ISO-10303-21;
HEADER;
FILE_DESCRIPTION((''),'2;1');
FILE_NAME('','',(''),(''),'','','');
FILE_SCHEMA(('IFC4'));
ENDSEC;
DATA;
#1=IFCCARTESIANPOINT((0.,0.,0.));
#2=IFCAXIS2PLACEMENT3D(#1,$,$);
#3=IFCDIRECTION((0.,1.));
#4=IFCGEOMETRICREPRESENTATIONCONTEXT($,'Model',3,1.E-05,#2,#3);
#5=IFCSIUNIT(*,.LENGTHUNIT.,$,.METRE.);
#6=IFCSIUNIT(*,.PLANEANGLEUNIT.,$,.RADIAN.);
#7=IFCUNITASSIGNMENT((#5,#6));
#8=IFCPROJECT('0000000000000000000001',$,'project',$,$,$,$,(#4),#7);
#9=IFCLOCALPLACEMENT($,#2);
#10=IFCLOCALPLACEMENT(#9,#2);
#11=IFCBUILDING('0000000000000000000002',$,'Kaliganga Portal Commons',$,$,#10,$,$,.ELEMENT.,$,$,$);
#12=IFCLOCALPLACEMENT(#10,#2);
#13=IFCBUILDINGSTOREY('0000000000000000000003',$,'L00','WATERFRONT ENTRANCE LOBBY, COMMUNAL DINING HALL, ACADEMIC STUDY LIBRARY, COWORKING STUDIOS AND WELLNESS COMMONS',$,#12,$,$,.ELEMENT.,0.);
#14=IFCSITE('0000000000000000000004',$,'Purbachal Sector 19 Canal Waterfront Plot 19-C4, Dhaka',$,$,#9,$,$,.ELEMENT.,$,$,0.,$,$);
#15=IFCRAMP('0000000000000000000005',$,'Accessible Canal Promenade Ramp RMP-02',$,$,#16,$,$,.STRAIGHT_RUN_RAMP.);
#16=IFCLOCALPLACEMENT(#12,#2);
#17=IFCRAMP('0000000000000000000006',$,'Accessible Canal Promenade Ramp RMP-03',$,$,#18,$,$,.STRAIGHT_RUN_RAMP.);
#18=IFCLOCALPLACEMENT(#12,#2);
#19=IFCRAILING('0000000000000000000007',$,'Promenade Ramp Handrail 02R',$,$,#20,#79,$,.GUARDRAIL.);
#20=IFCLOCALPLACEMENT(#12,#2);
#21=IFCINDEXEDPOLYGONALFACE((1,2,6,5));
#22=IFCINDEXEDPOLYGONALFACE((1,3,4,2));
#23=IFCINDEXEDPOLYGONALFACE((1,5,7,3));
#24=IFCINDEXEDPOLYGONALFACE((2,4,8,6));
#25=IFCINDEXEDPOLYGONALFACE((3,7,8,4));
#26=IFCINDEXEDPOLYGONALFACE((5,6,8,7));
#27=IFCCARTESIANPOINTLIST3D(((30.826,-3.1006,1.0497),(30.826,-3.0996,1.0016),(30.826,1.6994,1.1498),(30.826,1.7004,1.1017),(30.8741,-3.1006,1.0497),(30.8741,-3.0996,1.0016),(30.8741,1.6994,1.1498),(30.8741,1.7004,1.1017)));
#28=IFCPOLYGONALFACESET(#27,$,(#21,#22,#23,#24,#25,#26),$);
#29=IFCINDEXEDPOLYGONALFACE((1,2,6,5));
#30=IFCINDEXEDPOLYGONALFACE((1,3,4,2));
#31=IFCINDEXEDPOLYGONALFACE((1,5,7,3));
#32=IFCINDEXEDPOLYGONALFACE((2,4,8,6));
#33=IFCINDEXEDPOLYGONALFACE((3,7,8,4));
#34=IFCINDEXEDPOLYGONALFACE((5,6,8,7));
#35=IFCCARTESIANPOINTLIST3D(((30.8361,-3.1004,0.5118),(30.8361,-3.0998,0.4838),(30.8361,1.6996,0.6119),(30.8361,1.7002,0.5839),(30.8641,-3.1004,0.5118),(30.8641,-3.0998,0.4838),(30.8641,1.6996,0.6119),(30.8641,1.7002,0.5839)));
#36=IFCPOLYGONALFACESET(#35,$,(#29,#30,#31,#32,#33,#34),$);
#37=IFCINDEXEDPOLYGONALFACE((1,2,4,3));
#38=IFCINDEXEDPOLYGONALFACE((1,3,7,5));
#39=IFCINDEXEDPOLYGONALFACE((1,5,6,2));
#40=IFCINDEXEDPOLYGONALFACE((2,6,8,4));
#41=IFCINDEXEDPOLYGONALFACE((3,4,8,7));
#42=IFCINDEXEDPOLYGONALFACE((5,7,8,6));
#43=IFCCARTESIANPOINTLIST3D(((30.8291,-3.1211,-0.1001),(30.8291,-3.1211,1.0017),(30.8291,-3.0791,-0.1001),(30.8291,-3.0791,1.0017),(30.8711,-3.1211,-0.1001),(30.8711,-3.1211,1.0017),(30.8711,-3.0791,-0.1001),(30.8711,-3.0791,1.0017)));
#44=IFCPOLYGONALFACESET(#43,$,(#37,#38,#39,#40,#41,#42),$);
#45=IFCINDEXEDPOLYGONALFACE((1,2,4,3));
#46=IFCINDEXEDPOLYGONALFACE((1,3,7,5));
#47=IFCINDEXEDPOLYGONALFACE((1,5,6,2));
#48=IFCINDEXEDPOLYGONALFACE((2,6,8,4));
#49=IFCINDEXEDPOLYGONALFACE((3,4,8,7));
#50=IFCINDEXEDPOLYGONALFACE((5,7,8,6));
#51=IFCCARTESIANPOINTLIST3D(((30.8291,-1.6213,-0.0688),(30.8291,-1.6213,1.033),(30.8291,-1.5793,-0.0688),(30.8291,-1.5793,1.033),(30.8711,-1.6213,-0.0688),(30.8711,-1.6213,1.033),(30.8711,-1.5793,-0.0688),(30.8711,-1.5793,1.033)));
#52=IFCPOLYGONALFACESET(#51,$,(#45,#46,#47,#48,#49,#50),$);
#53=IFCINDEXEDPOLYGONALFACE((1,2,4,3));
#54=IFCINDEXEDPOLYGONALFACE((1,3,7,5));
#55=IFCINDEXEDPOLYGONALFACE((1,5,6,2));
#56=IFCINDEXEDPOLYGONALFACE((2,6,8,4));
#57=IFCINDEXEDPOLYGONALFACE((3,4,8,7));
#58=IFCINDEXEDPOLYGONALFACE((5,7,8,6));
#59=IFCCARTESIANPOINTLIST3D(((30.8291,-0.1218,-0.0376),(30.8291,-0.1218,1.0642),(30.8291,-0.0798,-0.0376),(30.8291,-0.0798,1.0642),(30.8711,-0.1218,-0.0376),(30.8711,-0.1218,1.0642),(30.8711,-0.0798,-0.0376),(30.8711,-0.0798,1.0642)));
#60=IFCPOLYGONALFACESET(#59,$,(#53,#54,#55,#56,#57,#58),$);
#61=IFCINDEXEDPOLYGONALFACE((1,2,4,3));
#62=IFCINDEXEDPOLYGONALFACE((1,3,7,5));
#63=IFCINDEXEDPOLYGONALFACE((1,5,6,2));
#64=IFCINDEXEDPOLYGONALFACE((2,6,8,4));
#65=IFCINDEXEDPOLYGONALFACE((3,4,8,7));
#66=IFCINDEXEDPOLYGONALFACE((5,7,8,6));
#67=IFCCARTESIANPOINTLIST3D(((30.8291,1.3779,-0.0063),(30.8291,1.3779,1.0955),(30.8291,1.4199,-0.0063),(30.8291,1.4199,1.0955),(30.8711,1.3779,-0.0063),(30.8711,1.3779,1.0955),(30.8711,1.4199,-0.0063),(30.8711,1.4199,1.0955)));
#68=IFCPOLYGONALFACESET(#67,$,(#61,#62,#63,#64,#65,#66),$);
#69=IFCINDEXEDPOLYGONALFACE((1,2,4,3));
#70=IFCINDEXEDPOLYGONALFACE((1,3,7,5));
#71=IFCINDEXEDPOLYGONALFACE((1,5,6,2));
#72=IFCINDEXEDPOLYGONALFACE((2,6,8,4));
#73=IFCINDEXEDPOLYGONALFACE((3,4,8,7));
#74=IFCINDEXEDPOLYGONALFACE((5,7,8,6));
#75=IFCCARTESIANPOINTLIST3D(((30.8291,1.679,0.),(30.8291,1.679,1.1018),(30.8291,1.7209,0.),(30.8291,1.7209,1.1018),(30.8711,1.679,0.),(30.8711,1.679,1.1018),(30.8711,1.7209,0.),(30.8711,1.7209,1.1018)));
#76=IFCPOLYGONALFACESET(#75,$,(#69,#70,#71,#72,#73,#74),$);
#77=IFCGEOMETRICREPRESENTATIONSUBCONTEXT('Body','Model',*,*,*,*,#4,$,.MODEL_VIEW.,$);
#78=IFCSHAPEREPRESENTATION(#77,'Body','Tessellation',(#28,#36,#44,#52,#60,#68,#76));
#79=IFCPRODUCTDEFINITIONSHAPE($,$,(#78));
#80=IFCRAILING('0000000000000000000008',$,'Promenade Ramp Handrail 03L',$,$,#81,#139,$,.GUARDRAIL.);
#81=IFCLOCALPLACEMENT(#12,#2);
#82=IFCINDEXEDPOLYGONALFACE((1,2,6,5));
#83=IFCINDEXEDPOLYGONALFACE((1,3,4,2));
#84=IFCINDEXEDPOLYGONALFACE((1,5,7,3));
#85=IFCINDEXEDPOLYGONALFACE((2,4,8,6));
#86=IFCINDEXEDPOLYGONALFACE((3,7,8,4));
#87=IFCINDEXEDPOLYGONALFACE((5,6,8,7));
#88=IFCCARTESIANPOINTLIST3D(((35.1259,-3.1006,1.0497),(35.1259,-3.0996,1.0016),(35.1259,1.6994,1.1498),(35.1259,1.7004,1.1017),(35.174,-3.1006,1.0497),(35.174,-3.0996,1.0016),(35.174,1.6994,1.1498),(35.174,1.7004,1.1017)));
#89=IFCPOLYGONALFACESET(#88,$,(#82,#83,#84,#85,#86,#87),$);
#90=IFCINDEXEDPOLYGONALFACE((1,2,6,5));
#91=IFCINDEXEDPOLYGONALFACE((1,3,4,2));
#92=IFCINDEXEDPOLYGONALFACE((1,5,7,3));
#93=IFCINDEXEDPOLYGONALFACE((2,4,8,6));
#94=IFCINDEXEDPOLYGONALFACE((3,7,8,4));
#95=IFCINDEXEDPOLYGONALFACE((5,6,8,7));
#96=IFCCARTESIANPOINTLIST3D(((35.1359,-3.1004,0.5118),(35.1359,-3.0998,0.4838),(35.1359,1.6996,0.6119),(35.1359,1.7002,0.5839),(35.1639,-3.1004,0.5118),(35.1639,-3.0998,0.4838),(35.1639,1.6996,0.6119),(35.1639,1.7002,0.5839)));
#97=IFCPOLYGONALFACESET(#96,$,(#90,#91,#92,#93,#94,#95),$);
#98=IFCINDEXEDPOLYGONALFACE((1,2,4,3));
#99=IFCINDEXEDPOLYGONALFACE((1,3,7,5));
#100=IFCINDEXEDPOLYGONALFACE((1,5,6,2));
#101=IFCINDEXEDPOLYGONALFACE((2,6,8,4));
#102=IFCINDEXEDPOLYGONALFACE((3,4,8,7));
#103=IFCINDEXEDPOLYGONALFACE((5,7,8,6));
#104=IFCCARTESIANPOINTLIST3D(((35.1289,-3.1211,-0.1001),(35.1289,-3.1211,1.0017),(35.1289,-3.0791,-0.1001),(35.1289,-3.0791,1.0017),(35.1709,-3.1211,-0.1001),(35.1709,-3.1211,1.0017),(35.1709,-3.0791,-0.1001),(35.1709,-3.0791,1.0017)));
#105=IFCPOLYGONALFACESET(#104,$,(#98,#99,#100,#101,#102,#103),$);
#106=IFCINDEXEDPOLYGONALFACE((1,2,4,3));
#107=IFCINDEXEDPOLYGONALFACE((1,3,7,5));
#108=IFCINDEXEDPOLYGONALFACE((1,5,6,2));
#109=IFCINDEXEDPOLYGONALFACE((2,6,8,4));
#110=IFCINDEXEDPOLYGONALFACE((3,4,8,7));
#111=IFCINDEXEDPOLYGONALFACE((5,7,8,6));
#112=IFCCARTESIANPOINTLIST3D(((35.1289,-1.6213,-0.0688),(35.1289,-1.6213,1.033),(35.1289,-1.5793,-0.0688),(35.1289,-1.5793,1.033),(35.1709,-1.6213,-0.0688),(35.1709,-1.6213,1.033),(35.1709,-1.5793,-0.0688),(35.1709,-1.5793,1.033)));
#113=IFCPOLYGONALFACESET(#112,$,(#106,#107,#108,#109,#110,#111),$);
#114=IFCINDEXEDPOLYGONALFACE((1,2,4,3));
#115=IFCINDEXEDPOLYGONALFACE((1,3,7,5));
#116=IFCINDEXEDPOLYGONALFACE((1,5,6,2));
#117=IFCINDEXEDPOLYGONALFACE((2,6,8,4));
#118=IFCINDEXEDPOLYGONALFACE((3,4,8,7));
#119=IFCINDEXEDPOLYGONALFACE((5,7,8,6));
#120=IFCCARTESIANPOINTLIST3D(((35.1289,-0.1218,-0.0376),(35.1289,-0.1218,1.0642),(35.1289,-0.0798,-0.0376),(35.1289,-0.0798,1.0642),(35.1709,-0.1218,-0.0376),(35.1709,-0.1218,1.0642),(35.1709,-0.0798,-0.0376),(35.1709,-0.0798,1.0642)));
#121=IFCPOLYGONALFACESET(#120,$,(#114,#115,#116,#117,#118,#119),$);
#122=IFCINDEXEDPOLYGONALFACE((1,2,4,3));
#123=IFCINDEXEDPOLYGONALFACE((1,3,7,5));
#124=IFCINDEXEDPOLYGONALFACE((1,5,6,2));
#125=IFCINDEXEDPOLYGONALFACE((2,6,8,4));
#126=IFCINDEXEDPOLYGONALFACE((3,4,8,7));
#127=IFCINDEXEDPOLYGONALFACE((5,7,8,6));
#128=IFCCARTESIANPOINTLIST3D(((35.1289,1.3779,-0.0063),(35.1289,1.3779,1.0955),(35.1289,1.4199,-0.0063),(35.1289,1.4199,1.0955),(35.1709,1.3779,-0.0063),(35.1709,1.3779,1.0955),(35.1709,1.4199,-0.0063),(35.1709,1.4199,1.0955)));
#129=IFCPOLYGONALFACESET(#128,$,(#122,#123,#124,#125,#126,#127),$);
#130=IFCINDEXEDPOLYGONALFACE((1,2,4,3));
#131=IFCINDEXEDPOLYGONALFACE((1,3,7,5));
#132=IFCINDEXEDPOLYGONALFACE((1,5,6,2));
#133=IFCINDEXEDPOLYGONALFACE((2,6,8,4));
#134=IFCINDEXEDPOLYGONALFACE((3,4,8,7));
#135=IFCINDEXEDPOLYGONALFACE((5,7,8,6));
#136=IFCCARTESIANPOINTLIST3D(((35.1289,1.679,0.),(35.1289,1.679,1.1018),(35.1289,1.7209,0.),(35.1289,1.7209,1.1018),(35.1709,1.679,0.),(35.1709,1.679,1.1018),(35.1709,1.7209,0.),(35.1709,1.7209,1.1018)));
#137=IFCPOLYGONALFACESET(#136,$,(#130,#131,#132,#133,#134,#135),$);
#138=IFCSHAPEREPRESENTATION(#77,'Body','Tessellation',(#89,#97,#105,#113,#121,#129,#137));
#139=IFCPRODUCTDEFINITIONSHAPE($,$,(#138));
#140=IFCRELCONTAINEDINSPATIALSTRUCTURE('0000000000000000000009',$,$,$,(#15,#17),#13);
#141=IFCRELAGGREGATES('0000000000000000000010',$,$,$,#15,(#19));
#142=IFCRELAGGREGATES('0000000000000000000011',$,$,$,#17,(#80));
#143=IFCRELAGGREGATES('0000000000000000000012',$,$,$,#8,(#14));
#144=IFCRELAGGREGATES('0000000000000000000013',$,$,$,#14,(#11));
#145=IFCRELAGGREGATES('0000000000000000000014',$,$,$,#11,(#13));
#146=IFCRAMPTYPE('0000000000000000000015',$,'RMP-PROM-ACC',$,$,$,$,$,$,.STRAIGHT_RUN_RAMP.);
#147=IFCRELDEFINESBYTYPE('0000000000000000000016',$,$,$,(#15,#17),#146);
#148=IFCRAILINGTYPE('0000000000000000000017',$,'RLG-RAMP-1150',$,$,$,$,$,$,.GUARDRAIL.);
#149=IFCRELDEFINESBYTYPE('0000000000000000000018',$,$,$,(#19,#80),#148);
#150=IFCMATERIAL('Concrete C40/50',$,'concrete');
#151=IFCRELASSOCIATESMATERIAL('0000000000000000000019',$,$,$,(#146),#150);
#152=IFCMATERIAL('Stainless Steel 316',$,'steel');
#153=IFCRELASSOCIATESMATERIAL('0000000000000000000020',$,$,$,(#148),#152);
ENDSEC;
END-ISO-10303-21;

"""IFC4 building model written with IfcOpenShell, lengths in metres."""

from ifc_helpers import new_model, si_unit, direction, frame, origin, origin_2d, place, context, subcontext, project, spatial, rectangle, extrude, material, type_object, element, aggregate, save


model = new_model("IFC4")

# Units and contexts
model_context = context("Model", 3, precision=1e-05, world=origin(), true_north=direction((0.0, 1.0)))
body_context = subcontext(model_context, "Body", "Model", "MODEL_VIEW")
ifc_project = project(units=[si_unit("LENGTHUNIT", "METRE"), si_unit("PLANEANGLEUNIT", "RADIAN")], contexts=[model_context])

# Site, building, storey
site_placement = place(None, origin())
site = spatial("IfcSite", under=ifc_project, at=site_placement, Name="Purbachal Sector 19 Canal Waterfront Plot 19-C4, Dhaka", CompositionType="ELEMENT", RefElevation=0.0)
building_placement = place(site_placement, origin())
building = spatial("IfcBuilding", under=site, at=building_placement, Name="Kaliganga Portal Commons", CompositionType="ELEMENT")
storey_placement = place(building_placement, origin())
storey = spatial("IfcBuildingStorey", under=building, at=storey_placement, Name="L00", Description="WATERFRONT ENTRANCE LOBBY, COMMUNAL DINING HALL, ACADEMIC STUDY LIBRARY, COWORKING STUDIOS AND WELLNESS COMMONS", CompositionType="ELEMENT", Elevation=0.0)

# Ramps
ifc_material_1 = material(Name="Concrete C40/50", Category="concrete")
ramp_type = type_object("IfcRampType", Name="RMP-PROM-ACC", PredefinedType="STRAIGHT_RUN_RAMP", material=ifc_material_1)
ramp_1_placement = place(storey_placement, origin())
ramp_1 = element("IfcRamp", 1, at=ramp_1_placement, inside=storey, type_object=ramp_type, Name="Accessible Canal Promenade Ramp RMP-02", PredefinedType="STRAIGHT_RUN_RAMP")
ramp_2_placement = place(storey_placement, origin())
ramp_2 = element("IfcRamp", 2, at=ramp_2_placement, inside=storey, type_object=ramp_type, Name="Accessible Canal Promenade Ramp RMP-03", PredefinedType="STRAIGHT_RUN_RAMP")

# Railings
ifc_material_2 = material(Name="Stainless Steel 316", Category="steel")
railing_type = type_object("IfcRailingType", Name="RLG-RAMP-1150", PredefinedType="GUARDRAIL", material=ifc_material_2)
railing_1_placement = place(storey_placement, frame((30.8501, -3.1001, -0.1001)))
railing_1 = element("IfcRailing", 3, at=railing_1_placement, type_object=railing_type, Name="Promenade Ramp Handrail 02R", PredefinedType="GUARDRAIL", context=body_context, shape_type="SweptSolid", body=[
    extrude(rectangle(XDim=0.0481, YDim=0.0481, at=origin_2d()), frame((0.0, 0.0, 1.1257), z_axis=(0.0, 0.999783, 0.020849), x_axis=(-1.0, 0.0, 0.0)), (0.0, 0.0, 1.0), 4.801),
    extrude(rectangle(XDim=0.0281, YDim=0.0281, at=origin_2d()), frame((0.0, 0.0, 0.5979), z_axis=(0.0, 0.999783, 0.020849), x_axis=(-1.0, 0.0, 0.0)), (0.0, 0.0, 1.0), 4.801),
    extrude(rectangle(XDim=0.042, YDim=0.042, at=origin_2d()), origin(), (0.0, 0.0, 1.0), 1.1018),
    extrude(rectangle(XDim=0.042, YDim=0.042, at=origin_2d()), frame((0.0, 1.4998, 0.0312)), (0.0, 0.0, 1.0), 1.1018),
    extrude(rectangle(XDim=0.042, YDim=0.042, at=origin_2d()), frame((0.0, 2.9993, 0.0625)), (0.0, 0.0, 1.0), 1.1018),
    extrude(rectangle(XDim=0.042, YDim=0.042, at=origin_2d()), frame((0.0, 4.499, 0.0938)), (0.0, 0.0, 1.0), 1.1018),
    extrude(rectangle(XDim=0.042, YDim=0.042, at=origin_2d()), frame((0.0, 4.8, 0.1001)), (0.0, 0.0, 1.0), 1.1018),
])
aggregate(ramp_1, [railing_1])
railing_2_placement = place(storey_placement, frame((35.1499, -3.1001, -0.1001)))
railing_2 = element("IfcRailing", 4, at=railing_2_placement, type_object=railing_type, Name="Promenade Ramp Handrail 03L", PredefinedType="GUARDRAIL", context=body_context, shape_type="SweptSolid", body=[
    extrude(rectangle(XDim=0.0481, YDim=0.0481, at=origin_2d()), frame((0.0, 0.0, 1.1257), z_axis=(0.0, 0.999783, 0.020849), x_axis=(-1.0, 0.0, 0.0)), (0.0, 0.0, 1.0), 4.801),
    extrude(rectangle(XDim=0.0281, YDim=0.0281, at=origin_2d()), frame((0.0, 0.0, 0.5979), z_axis=(0.0, 0.999783, 0.020849), x_axis=(-1.0, 0.0, 0.0)), (0.0, 0.0, 1.0), 4.801),
    extrude(rectangle(XDim=0.042, YDim=0.042, at=origin_2d()), origin(), (0.0, 0.0, 1.0), 1.1018),
    extrude(rectangle(XDim=0.042, YDim=0.042, at=origin_2d()), frame((0.0, 1.4998, 0.0312)), (0.0, 0.0, 1.0), 1.1018),
    extrude(rectangle(XDim=0.042, YDim=0.042, at=origin_2d()), frame((0.0, 2.9993, 0.0625)), (0.0, 0.0, 1.0), 1.1018),
    extrude(rectangle(XDim=0.042, YDim=0.042, at=origin_2d()), frame((0.0, 4.499, 0.0938)), (0.0, 0.0, 1.0), 1.1018),
    extrude(rectangle(XDim=0.042, YDim=0.042, at=origin_2d()), frame((0.0, 4.8, 0.1001)), (0.0, 0.0, 1.0), 1.1018),
])
aggregate(ramp_2, [railing_2])

save(model, "model.ifc")
